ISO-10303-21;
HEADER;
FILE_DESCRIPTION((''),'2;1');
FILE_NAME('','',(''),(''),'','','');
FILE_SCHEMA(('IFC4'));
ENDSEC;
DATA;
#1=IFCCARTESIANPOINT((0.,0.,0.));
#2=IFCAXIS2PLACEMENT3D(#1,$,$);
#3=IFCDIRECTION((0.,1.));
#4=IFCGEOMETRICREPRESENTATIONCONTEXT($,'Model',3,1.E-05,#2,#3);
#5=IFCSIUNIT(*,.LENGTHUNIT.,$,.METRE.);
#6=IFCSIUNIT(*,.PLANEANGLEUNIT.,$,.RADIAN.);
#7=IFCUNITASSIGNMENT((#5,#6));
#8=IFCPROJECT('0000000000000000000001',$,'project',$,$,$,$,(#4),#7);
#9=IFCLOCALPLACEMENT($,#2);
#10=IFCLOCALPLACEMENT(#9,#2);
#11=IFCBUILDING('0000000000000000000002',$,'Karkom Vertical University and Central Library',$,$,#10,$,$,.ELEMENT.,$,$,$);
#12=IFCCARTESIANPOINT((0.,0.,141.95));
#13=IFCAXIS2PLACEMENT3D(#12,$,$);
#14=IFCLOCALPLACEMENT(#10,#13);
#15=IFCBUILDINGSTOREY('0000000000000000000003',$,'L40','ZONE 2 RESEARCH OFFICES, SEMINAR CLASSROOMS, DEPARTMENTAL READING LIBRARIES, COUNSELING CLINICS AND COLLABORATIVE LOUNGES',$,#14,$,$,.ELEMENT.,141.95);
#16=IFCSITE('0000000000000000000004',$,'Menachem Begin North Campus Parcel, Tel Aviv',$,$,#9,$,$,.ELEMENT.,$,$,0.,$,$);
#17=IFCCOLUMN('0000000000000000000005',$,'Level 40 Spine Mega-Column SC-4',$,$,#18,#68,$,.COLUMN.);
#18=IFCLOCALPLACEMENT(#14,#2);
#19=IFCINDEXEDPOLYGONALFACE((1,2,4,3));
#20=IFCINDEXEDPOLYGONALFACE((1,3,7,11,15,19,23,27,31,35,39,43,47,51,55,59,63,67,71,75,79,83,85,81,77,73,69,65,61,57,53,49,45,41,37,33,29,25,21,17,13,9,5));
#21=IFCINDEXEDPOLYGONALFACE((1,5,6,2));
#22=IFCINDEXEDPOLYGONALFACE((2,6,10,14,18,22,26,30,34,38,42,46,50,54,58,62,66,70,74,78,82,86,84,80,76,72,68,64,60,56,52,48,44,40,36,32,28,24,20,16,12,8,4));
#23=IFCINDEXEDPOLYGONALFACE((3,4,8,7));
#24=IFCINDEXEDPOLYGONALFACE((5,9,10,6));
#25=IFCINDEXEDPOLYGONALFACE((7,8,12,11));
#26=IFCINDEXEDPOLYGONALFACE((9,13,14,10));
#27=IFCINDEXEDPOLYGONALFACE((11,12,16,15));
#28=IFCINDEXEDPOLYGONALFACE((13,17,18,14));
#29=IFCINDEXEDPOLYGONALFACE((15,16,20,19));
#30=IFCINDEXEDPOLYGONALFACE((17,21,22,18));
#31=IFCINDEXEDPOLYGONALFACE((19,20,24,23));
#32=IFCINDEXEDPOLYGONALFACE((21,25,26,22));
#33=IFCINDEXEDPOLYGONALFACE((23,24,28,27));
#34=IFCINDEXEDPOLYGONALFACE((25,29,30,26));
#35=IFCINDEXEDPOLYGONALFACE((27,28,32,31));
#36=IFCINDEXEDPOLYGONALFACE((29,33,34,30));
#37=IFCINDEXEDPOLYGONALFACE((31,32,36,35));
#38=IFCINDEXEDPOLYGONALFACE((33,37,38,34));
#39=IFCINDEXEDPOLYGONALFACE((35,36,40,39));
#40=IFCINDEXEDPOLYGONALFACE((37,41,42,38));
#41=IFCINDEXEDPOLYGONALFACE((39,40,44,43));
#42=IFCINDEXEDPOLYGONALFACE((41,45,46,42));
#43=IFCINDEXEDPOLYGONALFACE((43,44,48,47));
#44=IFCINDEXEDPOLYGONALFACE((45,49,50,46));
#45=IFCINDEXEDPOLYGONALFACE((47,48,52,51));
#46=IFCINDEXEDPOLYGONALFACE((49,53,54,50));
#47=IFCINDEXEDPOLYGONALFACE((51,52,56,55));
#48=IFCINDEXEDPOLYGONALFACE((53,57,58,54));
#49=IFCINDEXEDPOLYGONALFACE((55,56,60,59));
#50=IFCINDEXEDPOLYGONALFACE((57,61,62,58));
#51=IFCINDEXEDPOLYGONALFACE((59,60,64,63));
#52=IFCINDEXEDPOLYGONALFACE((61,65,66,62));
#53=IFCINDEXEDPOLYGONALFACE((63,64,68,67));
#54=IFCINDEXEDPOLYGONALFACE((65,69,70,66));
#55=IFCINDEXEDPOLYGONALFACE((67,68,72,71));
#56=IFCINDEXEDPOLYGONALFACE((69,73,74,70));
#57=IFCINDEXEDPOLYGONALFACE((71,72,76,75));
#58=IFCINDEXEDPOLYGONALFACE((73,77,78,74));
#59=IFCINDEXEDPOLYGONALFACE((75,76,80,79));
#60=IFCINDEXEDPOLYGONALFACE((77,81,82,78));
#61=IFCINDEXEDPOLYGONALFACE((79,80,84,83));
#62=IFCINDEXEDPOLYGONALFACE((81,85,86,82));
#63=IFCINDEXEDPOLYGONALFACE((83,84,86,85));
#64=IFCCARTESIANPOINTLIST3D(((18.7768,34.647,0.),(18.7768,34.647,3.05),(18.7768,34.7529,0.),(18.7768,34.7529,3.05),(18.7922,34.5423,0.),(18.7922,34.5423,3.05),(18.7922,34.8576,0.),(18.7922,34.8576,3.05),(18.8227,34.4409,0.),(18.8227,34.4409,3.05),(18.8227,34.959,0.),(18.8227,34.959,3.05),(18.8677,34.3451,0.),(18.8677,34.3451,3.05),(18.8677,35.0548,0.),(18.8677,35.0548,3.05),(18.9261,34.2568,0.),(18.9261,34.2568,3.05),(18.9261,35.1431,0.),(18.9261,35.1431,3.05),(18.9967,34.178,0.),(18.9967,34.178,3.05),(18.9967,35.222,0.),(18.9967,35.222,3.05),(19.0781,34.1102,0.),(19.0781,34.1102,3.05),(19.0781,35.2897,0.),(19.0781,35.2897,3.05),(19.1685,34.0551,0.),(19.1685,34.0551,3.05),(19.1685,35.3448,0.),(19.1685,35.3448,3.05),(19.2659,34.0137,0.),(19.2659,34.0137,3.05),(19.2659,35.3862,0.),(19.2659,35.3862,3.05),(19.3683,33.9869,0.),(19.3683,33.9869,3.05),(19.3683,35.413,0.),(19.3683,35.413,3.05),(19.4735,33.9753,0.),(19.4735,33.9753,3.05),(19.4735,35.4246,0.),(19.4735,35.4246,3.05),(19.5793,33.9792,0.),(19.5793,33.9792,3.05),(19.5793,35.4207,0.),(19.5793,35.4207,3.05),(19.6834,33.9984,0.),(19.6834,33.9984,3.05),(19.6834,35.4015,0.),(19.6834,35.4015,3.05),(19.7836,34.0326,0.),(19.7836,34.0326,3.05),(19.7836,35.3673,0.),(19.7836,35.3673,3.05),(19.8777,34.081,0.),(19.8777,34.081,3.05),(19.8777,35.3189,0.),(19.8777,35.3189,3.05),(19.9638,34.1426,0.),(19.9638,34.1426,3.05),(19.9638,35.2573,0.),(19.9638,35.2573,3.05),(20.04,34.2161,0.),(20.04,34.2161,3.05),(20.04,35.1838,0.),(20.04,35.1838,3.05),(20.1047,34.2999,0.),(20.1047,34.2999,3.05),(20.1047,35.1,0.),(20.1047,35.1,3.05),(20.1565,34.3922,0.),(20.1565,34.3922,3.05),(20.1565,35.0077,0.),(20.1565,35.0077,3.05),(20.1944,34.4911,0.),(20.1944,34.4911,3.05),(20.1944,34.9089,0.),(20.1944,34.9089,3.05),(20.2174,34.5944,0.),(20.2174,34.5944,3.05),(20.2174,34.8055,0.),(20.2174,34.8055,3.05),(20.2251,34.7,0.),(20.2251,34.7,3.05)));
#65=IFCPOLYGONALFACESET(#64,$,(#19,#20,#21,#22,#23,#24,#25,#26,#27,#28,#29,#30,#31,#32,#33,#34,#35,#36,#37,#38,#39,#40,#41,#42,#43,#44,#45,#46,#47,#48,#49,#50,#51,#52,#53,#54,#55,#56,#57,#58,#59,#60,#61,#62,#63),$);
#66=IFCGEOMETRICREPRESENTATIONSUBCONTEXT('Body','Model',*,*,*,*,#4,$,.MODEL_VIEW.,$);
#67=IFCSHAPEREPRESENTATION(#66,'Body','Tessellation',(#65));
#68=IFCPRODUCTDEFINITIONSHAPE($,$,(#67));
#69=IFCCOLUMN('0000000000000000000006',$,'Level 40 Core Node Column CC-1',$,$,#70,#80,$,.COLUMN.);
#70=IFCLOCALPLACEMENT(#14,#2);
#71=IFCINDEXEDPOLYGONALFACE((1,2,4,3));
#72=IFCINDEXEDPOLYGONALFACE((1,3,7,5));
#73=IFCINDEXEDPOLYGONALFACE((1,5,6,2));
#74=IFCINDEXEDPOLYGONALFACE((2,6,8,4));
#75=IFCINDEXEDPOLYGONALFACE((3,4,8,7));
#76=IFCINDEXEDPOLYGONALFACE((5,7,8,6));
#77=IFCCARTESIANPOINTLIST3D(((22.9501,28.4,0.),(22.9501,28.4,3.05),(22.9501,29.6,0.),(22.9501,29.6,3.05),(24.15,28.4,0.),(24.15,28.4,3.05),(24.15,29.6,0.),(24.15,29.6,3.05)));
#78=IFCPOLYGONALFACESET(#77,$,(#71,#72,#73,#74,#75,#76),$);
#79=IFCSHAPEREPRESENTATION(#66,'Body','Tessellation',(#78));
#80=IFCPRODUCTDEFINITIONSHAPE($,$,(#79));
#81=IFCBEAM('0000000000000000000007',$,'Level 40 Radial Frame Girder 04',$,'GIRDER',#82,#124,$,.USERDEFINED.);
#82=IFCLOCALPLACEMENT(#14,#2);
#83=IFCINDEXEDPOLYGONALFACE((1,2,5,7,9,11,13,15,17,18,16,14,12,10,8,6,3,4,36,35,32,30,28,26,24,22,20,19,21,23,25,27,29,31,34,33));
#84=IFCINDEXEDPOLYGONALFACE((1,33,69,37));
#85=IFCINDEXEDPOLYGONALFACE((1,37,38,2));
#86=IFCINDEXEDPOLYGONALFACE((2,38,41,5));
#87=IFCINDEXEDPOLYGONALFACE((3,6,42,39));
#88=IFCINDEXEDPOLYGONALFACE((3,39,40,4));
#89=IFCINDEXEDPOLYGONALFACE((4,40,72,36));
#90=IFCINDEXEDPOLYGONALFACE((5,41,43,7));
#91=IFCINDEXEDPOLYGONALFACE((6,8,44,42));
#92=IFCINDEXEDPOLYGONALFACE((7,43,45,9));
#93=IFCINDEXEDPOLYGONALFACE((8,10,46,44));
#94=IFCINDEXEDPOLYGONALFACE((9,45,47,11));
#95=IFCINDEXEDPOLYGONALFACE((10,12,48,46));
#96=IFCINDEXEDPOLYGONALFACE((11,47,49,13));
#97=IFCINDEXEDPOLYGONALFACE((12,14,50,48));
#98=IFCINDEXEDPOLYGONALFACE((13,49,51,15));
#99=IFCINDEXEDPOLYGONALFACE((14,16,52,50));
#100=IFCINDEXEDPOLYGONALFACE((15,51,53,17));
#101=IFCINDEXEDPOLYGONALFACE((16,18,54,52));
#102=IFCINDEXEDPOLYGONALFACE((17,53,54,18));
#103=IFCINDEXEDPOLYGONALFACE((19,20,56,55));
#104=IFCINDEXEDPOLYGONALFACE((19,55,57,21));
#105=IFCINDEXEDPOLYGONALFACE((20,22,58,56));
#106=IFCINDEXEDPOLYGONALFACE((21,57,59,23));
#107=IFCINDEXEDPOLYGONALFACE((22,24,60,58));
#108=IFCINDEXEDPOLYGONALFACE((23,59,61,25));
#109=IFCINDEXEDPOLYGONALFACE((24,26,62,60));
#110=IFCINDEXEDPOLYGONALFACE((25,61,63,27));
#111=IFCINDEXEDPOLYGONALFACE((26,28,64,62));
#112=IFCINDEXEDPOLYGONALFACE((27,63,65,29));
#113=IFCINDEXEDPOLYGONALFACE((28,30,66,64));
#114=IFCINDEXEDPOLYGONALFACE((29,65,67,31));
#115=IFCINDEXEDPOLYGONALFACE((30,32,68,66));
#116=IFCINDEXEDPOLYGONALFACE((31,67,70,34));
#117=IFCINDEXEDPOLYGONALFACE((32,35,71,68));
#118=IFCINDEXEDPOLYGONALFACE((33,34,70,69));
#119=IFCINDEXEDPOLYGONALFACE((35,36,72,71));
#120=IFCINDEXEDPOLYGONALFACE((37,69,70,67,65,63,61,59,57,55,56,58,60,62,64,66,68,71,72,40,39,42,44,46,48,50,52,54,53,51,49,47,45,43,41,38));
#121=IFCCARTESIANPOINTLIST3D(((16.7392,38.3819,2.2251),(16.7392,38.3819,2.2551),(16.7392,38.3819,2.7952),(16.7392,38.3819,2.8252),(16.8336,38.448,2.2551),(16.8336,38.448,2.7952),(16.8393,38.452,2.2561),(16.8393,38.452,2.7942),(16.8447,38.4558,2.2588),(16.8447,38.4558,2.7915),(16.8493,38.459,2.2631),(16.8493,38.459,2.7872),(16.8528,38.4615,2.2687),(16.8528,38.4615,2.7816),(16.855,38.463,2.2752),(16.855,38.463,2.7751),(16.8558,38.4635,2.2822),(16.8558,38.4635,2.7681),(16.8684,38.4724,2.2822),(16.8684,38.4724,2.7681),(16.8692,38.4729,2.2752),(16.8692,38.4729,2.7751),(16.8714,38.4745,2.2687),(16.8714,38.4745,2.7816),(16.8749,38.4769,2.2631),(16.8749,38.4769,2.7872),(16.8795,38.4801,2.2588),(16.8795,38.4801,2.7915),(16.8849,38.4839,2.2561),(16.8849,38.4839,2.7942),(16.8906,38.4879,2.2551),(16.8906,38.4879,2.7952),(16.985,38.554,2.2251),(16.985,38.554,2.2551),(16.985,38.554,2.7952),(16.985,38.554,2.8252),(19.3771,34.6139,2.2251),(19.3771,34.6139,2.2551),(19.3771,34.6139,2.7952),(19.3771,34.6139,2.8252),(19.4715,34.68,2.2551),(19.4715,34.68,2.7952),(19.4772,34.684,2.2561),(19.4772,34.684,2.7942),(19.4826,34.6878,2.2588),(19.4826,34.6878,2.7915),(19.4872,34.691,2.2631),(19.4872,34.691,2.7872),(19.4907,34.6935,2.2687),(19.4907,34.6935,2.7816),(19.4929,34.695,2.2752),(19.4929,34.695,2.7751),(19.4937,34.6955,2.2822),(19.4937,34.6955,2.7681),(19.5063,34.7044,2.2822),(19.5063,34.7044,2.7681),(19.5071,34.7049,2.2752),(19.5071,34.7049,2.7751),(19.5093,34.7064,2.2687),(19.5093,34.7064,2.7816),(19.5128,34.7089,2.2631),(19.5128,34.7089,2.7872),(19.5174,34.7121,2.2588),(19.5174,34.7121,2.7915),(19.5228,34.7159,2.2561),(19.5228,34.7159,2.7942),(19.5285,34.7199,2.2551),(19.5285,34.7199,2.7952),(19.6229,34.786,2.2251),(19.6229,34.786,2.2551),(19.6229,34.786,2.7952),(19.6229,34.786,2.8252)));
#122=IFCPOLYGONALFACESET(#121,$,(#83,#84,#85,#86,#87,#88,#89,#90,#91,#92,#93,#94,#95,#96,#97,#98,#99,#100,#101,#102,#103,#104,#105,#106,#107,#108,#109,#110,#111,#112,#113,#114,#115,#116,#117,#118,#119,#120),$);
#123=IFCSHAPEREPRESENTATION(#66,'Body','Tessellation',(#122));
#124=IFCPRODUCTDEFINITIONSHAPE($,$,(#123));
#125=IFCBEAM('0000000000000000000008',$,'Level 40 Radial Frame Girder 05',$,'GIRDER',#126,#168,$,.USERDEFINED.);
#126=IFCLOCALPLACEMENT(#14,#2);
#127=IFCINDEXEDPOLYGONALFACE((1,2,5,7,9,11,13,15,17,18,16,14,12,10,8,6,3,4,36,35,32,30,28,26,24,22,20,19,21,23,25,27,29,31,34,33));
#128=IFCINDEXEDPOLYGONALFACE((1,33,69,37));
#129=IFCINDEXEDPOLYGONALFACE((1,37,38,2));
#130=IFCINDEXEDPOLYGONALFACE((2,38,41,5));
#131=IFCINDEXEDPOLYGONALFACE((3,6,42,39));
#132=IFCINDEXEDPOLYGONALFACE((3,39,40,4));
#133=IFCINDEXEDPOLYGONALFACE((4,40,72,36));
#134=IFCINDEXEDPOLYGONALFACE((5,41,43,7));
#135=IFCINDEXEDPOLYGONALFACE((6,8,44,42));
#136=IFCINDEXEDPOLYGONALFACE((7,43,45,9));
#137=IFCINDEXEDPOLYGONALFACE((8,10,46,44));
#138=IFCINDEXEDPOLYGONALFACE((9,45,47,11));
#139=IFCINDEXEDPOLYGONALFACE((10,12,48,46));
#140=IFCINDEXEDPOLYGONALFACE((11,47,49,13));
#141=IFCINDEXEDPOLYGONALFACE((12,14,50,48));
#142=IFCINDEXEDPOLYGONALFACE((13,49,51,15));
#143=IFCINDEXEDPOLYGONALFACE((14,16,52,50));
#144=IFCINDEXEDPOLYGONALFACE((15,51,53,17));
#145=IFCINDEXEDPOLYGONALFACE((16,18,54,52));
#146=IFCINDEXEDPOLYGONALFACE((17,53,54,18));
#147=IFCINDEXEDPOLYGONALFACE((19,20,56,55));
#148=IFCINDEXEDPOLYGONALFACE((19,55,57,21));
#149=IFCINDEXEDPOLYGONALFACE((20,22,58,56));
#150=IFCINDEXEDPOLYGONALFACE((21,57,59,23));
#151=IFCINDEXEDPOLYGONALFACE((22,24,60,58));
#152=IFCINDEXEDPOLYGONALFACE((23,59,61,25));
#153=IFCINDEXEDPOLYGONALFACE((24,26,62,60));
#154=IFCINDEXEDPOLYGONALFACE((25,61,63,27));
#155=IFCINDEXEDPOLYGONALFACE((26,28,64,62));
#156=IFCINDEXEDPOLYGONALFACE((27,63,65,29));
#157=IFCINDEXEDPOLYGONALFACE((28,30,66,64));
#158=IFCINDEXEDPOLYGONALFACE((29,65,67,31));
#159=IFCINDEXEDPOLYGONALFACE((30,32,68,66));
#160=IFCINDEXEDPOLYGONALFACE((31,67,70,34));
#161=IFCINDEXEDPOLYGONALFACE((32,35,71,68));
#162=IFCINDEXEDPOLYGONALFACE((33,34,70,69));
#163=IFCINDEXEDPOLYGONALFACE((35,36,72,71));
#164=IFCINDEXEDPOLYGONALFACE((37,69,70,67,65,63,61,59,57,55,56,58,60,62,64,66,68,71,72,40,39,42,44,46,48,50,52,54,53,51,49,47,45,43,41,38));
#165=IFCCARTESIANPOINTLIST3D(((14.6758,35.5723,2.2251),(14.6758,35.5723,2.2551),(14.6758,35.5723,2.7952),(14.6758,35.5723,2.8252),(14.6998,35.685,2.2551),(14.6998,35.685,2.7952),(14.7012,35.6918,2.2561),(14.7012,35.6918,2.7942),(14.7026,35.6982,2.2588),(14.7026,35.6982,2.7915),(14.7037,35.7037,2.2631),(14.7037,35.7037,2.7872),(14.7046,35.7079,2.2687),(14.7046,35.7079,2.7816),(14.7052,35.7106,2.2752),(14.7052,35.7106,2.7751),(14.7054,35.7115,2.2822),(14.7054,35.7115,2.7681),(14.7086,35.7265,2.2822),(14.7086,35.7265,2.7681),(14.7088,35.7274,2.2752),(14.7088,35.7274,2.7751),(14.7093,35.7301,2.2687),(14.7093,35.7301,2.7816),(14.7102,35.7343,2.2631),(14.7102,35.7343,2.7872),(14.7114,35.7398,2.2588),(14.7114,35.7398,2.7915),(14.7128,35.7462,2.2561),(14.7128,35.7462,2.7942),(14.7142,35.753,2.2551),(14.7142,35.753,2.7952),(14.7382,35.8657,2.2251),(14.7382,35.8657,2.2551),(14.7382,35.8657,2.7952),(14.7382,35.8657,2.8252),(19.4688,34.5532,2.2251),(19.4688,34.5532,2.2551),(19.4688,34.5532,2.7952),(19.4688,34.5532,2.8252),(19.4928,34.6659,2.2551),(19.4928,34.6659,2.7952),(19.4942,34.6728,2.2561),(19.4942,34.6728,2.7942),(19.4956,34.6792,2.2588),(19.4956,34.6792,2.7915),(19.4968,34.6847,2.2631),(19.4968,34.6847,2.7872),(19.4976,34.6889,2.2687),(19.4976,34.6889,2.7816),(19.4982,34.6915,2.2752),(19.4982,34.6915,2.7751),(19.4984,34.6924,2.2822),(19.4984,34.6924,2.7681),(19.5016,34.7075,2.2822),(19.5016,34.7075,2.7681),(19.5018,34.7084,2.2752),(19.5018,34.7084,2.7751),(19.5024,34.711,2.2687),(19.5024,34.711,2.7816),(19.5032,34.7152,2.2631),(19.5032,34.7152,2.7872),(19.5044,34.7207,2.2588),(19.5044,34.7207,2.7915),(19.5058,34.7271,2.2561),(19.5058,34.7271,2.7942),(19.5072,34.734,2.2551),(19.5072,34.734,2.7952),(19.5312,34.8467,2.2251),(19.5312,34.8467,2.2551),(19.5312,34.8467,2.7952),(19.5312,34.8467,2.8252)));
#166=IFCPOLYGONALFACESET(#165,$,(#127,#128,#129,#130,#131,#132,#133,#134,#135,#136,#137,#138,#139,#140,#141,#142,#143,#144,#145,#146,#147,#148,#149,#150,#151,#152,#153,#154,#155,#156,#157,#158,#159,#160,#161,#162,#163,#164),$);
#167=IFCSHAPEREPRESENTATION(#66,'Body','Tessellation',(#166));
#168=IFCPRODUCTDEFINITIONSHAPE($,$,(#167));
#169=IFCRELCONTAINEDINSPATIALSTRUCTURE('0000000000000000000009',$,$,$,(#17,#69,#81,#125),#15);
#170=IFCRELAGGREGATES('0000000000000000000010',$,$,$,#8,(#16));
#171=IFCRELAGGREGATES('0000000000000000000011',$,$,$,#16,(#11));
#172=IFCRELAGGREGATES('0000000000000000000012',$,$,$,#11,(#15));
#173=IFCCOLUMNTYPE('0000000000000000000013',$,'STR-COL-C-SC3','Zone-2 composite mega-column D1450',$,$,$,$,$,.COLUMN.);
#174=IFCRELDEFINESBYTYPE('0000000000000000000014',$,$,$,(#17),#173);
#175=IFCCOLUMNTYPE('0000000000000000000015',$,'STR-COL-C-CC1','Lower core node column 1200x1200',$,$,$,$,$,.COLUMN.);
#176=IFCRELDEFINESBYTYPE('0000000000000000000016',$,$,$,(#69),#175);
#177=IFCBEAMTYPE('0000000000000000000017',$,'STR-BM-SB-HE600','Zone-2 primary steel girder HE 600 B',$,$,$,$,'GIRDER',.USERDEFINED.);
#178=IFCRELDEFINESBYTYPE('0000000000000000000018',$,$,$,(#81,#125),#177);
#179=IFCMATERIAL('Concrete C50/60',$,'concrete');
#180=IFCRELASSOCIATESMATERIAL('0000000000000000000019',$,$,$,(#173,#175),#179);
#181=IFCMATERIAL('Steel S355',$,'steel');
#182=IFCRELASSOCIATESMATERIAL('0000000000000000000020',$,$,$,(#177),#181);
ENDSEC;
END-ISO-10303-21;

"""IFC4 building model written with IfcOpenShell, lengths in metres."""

from ifc_helpers import new_model, si_unit, direction, frame, origin, origin_with_axes, origin_2d, place, context, subcontext, project, spatial, rectangle, circle, i_section, extrude, source, transform, mapped, material, material_profile, profile_set, type_object, element, save


model = new_model("IFC4")

# Units and contexts
model_context = context("Model", 3, precision=1e-05, world=origin(), true_north=direction((0.0, 1.0)))
body_context = subcontext(model_context, "Body", "Model", "MODEL_VIEW")
ifc_project = project(units=[si_unit("LENGTHUNIT", "METRE"), si_unit("PLANEANGLEUNIT", "RADIAN")], contexts=[model_context])

# Site, building, storey
site_placement = place(None, origin())
site = spatial("IfcSite", under=ifc_project, at=site_placement, Name="Menachem Begin North Campus Parcel, Tel Aviv", CompositionType="ELEMENT", RefElevation=0.0)
building_placement = place(site_placement, origin())
building = spatial("IfcBuilding", under=site, at=building_placement, Name="Karkom Vertical University and Central Library", CompositionType="ELEMENT")
storey_placement = place(building_placement, frame((0.0, 0.0, 141.95)))
storey = spatial("IfcBuildingStorey", under=building, at=storey_placement, Name="L40", Description="ZONE 2 RESEARCH OFFICES, SEMINAR CLASSROOMS, DEPARTMENTAL READING LIBRARIES, COUNSELING CLINICS AND COLLABORATIVE LOUNGES", CompositionType="ELEMENT", Elevation=141.95)

# Columns
ifc_material_1 = material(Name="Concrete C50/60", Category="concrete")
ifc_material_profile_1 = material_profile(ifc_material_1, circle(Radius=0.7251, at=origin_2d()), Name="CFT-D1450")
ifc_profile_set_1 = profile_set([ifc_material_profile_1], Name="Concrete C50/60")
column_type_1 = type_object("IfcColumnType", Name="STR-COL-C-SC3", Description="Zone-2 composite mega-column D1450", PredefinedType="COLUMN", material=ifc_profile_set_1)
shared_shape_1 = source(origin_with_axes(), body_context, "Body", "SweptSolid", [
    extrude(circle(Radius=0.7251, at=origin_2d()), origin(), (0.0, 0.0, 1.0), 3.05),
])
column_1_placement = place(storey_placement, frame((19.5, 34.7, 0.0), z_axis=(0.0, 0.0, 1.0), x_axis=(1.0, 0.0, 0.0)))
element("IfcColumn", 1, at=column_1_placement, inside=storey, type_object=column_type_1, Name="Level 40 Spine Mega-Column SC-4", PredefinedType="COLUMN", context=body_context, shape_type="MappedRepresentation", body=[
    mapped(shared_shape_1, transform((0.0, 0.0, 0.0), scale=1.0)),
])
ifc_material_profile_2 = material_profile(ifc_material_1, rectangle(XDim=1.2, YDim=1.2, at=origin_2d()), Name="RC-1200x1200")
ifc_profile_set_2 = profile_set([ifc_material_profile_2], Name="Concrete C50/60")
column_type_2 = type_object("IfcColumnType", Name="STR-COL-C-CC1", Description="Lower core node column 1200x1200", PredefinedType="COLUMN", material=ifc_profile_set_2)
shared_shape_2 = source(origin_with_axes(), body_context, "Body", "SweptSolid", [
    extrude(rectangle(XDim=1.2, YDim=1.2, at=origin_2d()), origin(), (0.0, 0.0, 1.0), 3.05),
])
column_2_placement = place(storey_placement, frame((23.55, 29.0, 0.0), z_axis=(0.0, 0.0, 1.0), x_axis=(1.0, 0.0, 0.0)))
element("IfcColumn", 2, at=column_2_placement, inside=storey, type_object=column_type_2, Name="Level 40 Core Node Column CC-1", PredefinedType="COLUMN", context=body_context, shape_type="MappedRepresentation", body=[
    mapped(shared_shape_2, transform((0.0, 0.0, 0.0), scale=1.0)),
])

# Beams
ifc_material_2 = material(Name="Steel S355", Category="steel")
ifc_material_profile_3 = material_profile(ifc_material_2, i_section(OverallWidth=0.3, OverallDepth=0.6001, WebThickness=0.0154, FlangeThickness=0.03, FilletRadius=0.0271, at=origin_2d()), Name="HE 600 B")
ifc_profile_set_3 = profile_set([ifc_material_profile_3], Name="Steel S355")
beam_type = type_object("IfcBeamType", Name="STR-BM-SB-HE600", Description="Zone-2 primary steel girder HE 600 B", ElementType="GIRDER", PredefinedType="USERDEFINED", material=ifc_profile_set_3)
shared_shape_3 = source(origin_with_axes(), body_context, "Body", "SweptSolid", [
    extrude(i_section(OverallWidth=0.3, OverallDepth=0.6001, WebThickness=0.0154, FlangeThickness=0.03, FilletRadius=0.0271, at=origin_2d()), origin(), (0.0, 0.0, 1.0), 4.5996),
])
beam_1_placement = place(storey_placement, frame((19.5, 34.7, 2.5251), z_axis=(-0.573505, 0.819202, 0.0), x_axis=(-0.819202, -0.573505, 0.0)))
element("IfcBeam", 3, at=beam_1_placement, inside=storey, type_object=beam_type, Name="Level 40 Radial Frame Girder 04", ObjectType="GIRDER", PredefinedType="USERDEFINED", context=body_context, shape_type="MappedRepresentation", body=[
    mapped(shared_shape_3, transform((0.0, 0.0, 0.0), scale=1.0)),
])
shared_shape_4 = source(origin_with_axes(), body_context, "Body", "SweptSolid", [
    extrude(i_section(OverallWidth=0.3, OverallDepth=0.6001, WebThickness=0.0154, FlangeThickness=0.03, FilletRadius=0.0271, at=origin_2d()), origin(), (0.0, 0.0, 1.0), 4.9001),
])
beam_2_placement = place(storey_placement, frame((19.5, 34.7, 2.5251), z_axis=(-0.978137, 0.207964, 0.0), x_axis=(-0.207964, -0.978137, 0.0)))
element("IfcBeam", 4, at=beam_2_placement, inside=storey, type_object=beam_type, Name="Level 40 Radial Frame Girder 05", ObjectType="GIRDER", PredefinedType="USERDEFINED", context=body_context, shape_type="MappedRepresentation", body=[
    mapped(shared_shape_4, transform((0.0, 0.0, 0.0), scale=1.0)),
])

save(model, "model.ifc")
